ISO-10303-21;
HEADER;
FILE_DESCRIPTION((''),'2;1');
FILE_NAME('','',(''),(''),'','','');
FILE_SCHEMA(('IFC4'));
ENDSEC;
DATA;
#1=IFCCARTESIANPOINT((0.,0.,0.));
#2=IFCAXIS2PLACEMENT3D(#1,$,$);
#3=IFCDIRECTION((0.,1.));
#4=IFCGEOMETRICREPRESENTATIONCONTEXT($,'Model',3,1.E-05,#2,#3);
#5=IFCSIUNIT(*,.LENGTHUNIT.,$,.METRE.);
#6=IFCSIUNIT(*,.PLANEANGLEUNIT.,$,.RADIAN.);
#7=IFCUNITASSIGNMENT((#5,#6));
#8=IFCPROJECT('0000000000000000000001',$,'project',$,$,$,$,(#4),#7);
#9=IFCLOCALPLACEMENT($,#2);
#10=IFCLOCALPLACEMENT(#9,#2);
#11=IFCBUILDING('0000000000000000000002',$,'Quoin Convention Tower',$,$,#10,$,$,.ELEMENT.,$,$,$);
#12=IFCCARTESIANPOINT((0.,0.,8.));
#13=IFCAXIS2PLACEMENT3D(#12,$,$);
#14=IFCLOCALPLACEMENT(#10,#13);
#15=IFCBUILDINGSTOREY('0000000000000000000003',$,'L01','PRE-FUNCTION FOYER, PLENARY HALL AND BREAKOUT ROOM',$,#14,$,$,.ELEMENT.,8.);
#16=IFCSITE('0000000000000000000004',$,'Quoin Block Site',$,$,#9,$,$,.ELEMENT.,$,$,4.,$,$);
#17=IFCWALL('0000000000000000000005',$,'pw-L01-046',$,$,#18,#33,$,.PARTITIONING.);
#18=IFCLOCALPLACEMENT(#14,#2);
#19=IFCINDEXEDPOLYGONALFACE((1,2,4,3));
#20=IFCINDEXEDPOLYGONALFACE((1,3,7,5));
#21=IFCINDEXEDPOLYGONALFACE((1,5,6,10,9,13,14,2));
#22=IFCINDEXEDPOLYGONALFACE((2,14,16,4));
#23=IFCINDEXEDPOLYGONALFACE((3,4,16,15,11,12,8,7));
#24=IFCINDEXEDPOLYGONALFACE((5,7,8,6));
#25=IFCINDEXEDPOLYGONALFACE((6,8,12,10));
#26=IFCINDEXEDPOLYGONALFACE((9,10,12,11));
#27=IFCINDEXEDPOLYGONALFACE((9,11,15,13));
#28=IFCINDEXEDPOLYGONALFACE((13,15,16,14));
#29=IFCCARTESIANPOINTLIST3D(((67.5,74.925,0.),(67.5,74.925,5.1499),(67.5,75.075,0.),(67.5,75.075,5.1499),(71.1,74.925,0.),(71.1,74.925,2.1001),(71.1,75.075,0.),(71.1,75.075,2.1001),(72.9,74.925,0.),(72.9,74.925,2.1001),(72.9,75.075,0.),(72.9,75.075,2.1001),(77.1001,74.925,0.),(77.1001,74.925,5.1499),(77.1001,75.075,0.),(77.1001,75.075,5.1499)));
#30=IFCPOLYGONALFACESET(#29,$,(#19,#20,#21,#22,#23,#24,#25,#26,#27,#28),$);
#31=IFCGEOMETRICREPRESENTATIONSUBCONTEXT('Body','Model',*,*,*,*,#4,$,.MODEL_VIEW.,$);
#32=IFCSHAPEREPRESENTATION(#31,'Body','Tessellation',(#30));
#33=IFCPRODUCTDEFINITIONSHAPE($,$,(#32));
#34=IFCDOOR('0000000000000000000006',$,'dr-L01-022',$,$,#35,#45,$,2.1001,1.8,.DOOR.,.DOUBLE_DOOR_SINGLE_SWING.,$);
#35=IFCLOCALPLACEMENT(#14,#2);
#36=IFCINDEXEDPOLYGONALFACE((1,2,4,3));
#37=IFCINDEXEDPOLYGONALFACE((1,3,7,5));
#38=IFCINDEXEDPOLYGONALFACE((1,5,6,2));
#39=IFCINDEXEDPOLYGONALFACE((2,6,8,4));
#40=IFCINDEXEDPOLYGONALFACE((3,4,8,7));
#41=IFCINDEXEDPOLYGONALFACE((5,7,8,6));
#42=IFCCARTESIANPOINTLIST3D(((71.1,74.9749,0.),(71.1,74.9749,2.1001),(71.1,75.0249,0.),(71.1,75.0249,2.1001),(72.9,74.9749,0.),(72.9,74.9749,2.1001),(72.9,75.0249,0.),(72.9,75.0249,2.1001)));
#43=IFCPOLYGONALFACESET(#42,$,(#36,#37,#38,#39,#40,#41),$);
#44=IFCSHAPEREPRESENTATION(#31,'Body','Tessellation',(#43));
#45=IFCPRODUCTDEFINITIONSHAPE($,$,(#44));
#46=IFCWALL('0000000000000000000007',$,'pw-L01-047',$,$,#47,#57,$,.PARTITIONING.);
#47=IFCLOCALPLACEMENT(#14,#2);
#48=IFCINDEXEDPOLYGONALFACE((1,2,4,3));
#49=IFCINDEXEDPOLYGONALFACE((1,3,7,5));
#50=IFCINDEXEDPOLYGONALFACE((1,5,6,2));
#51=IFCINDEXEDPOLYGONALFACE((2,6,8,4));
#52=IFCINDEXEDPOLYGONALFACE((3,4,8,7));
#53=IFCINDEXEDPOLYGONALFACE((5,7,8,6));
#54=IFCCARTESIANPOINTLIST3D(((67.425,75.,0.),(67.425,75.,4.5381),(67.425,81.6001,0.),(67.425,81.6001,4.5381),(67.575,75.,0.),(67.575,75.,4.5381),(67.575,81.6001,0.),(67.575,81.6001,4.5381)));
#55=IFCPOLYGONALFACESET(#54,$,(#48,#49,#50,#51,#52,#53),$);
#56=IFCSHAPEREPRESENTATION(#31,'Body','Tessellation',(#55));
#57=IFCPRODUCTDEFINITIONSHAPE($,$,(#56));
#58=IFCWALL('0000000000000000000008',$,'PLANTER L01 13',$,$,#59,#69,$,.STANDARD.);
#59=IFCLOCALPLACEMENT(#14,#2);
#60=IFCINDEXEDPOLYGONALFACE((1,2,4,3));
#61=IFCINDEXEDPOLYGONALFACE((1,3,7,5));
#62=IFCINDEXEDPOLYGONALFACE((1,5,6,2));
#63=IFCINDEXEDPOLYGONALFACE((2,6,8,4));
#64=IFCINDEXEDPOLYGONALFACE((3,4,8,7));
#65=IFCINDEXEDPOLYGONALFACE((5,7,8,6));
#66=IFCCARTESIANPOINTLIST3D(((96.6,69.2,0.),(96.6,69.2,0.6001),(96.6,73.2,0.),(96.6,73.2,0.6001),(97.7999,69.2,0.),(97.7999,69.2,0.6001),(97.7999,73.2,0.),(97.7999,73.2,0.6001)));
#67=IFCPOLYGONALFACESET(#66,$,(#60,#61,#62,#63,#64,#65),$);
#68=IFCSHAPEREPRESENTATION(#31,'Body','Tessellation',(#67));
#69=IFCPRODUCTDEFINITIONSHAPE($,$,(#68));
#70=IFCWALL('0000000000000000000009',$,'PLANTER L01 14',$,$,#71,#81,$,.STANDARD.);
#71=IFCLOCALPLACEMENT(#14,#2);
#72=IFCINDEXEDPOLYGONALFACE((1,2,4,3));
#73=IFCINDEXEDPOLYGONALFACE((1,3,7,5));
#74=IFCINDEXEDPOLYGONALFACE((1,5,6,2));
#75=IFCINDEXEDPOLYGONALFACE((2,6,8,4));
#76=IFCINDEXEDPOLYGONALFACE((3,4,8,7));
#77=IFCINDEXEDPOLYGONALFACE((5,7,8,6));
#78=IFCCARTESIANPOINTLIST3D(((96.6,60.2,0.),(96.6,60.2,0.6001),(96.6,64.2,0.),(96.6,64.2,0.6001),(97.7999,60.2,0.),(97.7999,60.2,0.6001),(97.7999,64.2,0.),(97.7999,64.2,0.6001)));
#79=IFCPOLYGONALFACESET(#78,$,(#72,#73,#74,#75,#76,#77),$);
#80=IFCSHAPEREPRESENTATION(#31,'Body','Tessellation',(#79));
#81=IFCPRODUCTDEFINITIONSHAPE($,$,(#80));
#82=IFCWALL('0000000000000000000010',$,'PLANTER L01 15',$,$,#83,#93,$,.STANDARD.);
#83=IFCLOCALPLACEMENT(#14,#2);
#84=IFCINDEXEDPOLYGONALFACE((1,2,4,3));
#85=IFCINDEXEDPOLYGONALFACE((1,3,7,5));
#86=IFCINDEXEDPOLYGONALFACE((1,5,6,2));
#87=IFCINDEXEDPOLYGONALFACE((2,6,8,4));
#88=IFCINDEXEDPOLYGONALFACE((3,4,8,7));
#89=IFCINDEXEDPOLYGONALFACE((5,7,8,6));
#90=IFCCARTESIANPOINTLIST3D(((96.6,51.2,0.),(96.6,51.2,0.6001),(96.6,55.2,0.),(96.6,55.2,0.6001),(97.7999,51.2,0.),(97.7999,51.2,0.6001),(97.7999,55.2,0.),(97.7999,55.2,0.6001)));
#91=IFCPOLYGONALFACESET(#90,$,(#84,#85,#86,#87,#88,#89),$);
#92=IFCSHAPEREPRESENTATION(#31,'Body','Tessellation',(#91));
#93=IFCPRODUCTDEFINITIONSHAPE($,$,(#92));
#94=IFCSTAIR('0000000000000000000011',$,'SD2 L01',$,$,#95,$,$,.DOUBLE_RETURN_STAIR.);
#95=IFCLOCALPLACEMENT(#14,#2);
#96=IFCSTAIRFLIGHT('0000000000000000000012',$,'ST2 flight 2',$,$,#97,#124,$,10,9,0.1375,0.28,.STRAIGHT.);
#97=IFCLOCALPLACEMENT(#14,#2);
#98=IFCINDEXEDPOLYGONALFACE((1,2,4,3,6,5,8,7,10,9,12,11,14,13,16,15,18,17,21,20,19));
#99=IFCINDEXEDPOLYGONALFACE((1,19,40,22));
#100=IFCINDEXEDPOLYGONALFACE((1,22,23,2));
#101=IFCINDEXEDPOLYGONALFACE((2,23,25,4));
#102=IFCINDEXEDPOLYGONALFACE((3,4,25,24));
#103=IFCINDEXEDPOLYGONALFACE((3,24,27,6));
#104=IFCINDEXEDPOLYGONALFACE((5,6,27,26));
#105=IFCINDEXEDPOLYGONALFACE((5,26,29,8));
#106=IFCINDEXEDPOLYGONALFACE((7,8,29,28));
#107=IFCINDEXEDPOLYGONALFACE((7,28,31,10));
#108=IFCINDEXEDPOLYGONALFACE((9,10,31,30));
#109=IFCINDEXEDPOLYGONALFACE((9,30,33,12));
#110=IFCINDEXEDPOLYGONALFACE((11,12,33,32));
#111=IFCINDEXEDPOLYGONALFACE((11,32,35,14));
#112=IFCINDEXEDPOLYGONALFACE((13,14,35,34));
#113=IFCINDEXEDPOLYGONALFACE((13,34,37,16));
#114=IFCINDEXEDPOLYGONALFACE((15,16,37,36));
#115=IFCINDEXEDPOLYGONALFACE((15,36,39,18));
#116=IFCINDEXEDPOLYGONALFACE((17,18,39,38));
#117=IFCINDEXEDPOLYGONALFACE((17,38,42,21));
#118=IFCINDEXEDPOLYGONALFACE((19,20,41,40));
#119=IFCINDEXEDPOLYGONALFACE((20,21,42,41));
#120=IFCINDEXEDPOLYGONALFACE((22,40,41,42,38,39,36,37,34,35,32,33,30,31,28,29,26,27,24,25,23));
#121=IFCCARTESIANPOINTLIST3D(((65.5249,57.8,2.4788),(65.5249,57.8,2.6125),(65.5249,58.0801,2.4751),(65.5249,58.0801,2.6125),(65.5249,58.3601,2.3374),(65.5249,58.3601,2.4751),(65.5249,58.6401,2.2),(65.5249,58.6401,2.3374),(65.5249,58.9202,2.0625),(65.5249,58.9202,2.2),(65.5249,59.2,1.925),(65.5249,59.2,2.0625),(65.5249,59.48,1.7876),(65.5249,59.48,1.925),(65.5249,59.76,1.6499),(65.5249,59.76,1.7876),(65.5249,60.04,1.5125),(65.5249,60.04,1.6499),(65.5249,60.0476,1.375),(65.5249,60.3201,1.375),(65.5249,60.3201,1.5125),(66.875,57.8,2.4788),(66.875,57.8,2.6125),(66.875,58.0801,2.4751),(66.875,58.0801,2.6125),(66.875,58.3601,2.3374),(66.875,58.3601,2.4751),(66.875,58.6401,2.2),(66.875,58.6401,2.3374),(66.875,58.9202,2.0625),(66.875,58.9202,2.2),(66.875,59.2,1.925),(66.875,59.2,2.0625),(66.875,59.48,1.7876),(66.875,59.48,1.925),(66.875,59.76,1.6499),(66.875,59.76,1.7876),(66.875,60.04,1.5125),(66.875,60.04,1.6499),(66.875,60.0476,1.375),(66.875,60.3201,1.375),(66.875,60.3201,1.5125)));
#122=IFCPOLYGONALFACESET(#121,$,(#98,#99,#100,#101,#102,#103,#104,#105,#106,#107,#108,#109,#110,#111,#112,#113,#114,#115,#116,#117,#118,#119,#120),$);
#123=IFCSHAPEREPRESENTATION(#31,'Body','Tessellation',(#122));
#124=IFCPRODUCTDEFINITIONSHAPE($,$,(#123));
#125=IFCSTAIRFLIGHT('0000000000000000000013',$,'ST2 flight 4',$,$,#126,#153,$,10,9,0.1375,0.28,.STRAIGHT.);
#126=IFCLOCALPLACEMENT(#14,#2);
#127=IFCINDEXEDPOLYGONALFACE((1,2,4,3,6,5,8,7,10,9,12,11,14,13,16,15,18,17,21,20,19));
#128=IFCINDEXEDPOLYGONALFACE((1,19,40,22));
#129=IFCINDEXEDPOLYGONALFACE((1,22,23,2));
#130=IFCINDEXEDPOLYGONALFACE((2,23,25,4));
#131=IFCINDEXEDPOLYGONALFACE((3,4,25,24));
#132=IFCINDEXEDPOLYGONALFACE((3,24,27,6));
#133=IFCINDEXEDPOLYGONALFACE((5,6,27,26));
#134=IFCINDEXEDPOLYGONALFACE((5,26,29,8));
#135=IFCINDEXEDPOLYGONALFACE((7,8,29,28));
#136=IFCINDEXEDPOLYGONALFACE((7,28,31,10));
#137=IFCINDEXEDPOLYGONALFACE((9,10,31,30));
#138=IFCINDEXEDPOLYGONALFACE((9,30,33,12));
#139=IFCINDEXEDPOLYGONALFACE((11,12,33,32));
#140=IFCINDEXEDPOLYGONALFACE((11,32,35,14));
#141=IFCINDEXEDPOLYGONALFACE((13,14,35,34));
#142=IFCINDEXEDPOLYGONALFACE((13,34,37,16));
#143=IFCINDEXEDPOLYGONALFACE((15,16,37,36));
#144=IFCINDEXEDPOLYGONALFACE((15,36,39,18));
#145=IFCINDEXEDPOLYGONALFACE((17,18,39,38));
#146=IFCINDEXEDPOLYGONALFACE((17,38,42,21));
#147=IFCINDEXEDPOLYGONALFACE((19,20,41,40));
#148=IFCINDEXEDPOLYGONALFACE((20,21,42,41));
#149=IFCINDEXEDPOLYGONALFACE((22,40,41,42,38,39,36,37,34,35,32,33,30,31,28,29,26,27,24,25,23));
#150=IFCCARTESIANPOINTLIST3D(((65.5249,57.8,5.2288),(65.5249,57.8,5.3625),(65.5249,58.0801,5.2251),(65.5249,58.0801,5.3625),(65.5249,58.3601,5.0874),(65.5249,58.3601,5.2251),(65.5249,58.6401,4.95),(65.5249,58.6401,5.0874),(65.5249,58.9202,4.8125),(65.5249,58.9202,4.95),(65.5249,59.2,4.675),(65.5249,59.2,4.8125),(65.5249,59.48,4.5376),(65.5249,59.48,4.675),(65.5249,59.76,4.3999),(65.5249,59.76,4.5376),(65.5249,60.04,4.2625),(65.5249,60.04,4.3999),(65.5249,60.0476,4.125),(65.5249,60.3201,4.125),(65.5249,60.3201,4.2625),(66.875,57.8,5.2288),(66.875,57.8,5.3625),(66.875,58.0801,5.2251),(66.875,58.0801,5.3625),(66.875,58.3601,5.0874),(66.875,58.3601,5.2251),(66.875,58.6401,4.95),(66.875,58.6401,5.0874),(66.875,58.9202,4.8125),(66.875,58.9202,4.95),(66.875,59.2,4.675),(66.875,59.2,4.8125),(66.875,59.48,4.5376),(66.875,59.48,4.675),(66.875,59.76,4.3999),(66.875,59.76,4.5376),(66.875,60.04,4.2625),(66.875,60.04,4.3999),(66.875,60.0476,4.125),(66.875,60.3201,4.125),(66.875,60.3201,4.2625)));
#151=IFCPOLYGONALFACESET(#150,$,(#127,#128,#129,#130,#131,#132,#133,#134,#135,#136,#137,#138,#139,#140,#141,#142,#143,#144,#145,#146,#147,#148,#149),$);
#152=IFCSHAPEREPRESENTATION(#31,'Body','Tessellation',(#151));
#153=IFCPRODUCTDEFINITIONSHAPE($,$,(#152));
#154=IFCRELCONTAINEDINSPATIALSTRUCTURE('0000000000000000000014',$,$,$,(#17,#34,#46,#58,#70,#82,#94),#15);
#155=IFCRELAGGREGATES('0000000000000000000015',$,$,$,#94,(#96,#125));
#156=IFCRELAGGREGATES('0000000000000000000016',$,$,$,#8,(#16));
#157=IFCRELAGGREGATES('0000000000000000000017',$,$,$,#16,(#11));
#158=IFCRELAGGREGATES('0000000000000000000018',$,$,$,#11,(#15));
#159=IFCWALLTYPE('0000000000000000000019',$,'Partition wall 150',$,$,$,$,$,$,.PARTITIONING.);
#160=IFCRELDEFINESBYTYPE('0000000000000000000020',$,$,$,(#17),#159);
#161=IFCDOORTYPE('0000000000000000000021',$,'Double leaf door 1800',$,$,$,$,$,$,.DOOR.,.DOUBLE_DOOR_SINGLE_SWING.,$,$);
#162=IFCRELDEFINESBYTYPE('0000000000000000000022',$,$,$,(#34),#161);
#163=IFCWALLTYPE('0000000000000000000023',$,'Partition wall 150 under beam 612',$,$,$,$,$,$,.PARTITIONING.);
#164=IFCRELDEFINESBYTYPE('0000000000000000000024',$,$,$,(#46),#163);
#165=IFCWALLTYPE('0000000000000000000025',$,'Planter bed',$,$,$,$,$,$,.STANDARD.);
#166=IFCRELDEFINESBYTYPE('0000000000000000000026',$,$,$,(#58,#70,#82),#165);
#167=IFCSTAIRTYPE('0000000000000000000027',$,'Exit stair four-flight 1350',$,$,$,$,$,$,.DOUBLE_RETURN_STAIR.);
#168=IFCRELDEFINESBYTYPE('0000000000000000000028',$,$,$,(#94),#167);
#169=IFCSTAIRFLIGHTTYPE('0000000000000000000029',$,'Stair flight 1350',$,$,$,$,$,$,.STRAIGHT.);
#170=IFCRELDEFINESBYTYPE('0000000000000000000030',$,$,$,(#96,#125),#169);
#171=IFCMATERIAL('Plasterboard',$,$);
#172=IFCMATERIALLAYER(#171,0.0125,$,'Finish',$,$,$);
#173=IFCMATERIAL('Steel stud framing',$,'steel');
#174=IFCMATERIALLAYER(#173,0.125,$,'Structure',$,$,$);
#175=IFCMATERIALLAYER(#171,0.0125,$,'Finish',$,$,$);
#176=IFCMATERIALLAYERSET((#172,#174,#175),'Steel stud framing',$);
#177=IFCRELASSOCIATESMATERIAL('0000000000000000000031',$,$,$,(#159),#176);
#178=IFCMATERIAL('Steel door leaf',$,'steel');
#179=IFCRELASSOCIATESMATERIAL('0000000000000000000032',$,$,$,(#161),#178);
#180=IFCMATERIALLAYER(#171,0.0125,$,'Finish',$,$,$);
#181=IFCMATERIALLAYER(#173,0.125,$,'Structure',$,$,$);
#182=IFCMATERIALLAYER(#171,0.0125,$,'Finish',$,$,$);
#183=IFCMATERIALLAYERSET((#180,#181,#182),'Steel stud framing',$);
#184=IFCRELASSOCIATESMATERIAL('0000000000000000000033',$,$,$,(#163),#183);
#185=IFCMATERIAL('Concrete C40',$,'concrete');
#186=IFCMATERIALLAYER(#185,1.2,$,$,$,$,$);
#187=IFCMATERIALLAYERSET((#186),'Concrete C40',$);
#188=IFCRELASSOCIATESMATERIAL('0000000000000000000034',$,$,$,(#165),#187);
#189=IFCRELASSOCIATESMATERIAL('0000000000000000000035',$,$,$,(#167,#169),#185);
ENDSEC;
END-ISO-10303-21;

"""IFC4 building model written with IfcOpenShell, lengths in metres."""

from ifc_helpers import new_model, si_unit, direction, frame, frame_2d, origin, place, context, subcontext, project, spatial, polyline, rectangle, outline, extrude, material, layer, layer_set, type_object, element, fill, aggregate, save


model = new_model("IFC4")

# Units and contexts
model_context = context("Model", 3, precision=1e-05, world=origin(), true_north=direction((0.0, 1.0)))
body_context = subcontext(model_context, "Body", "Model", "MODEL_VIEW")
ifc_project = project(units=[si_unit("LENGTHUNIT", "METRE"), si_unit("PLANEANGLEUNIT", "RADIAN")], contexts=[model_context])

# Site, building, storey
site_placement = place(None, origin())
site = spatial("IfcSite", under=ifc_project, at=site_placement, Name="Quoin Block Site", CompositionType="ELEMENT", RefElevation=4.0)
building_placement = place(site_placement, origin())
building = spatial("IfcBuilding", under=site, at=building_placement, Name="Quoin Convention Tower", CompositionType="ELEMENT")
storey_placement = place(building_placement, frame((0.0, 0.0, 8.0)))
storey = spatial("IfcBuildingStorey", under=building, at=storey_placement, Name="L01", Description="PRE-FUNCTION FOYER, PLENARY HALL AND BREAKOUT ROOM", CompositionType="ELEMENT", Elevation=8.0)

# Shared definitions
ifc_material_1 = material(Name="Plasterboard")
ifc_layer_1 = layer(ifc_material_1, 0.0125, Name="Finish")
ifc_material_2 = material(Name="Steel stud framing", Category="steel")
ifc_layer_2 = layer(ifc_material_2, 0.125, Name="Structure")
ifc_layer_3 = layer(ifc_material_1, 0.0125, Name="Finish")
ifc_layer_set_1 = layer_set([ifc_layer_1, ifc_layer_2, ifc_layer_3], Name="Steel stud framing")
wall_type_1 = type_object("IfcWallType", Name="Partition wall 150", PredefinedType="PARTITIONING", material=ifc_layer_set_1)

# Shared definitions
ifc_material_3 = material(Name="Steel door leaf", Category="steel")

# Wall, opening, door
wall_1_placement = place(storey_placement, frame((67.5, 75.0, 0.0), z_axis=(0.0, 0.0, 1.0), x_axis=(1.0, 0.0, 0.0)))
wall_1 = element("IfcWall", 1, at=wall_1_placement, inside=storey, type_object=wall_type_1, Name="pw-L01-046", PredefinedType="PARTITIONING", context=body_context, shape_type="SweptSolid", body=[
    extrude(rectangle(XDim=9.6001, YDim=0.1499, at=frame_2d((4.8, 0.0))), origin(), (0.0, 0.0, 1.0), 5.1499),
])
opening_1_placement = place(wall_1_placement, frame((3.6001, 0.0, 0.0)))
opening_1 = element("IfcOpeningElement", 2, at=opening_1_placement, cuts=wall_1, PredefinedType="OPENING", context=body_context, shape_type="SweptSolid", body=[
    extrude(rectangle(XDim=1.8, YDim=2.1001, at=frame_2d((0.8999, 1.05))), frame((0.0, 0.085, 0.0), z_axis=(0.0, -1.0, 0.0), x_axis=(1.0, 0.0, 0.0)), (0.0, 0.0, 1.0), 0.1699),
])
door_type_1 = type_object("IfcDoorType", Name="Double leaf door 1800", OperationType="DOUBLE_DOOR_SINGLE_SWING", PredefinedType="DOOR", material=ifc_material_3)
door_1_placement = place(opening_1_placement, origin())
door_1 = element("IfcDoor", 3, at=door_1_placement, inside=storey, type_object=door_type_1, Name="dr-L01-022", OperationType="DOUBLE_DOOR_SINGLE_SWING", OverallHeight=2.1001, OverallWidth=1.8, PredefinedType="DOOR", context=body_context, shape_type="SweptSolid", body=[
    extrude(rectangle(XDim=1.8, YDim=2.1001, at=frame_2d((0.8999, 1.05))), frame((0.0, 0.0249, 0.0), z_axis=(0.0, -1.0, 0.0), x_axis=(1.0, 0.0, 0.0)), (0.0, 0.0, 1.0), 0.05),
])
fill(opening_1, door_1)

# Walls
ifc_layer_4 = layer(ifc_material_1, 0.0125, Name="Finish")
ifc_layer_5 = layer(ifc_material_2, 0.125, Name="Structure")
ifc_layer_6 = layer(ifc_material_1, 0.0125, Name="Finish")
ifc_layer_set_2 = layer_set([ifc_layer_4, ifc_layer_5, ifc_layer_6], Name="Steel stud framing")
wall_type_2 = type_object("IfcWallType", Name="Partition wall 150 under beam 612", PredefinedType="PARTITIONING", material=ifc_layer_set_2)
wall_2_placement = place(storey_placement, frame((67.5, 75.0, 0.0), z_axis=(0.0, 0.0, 1.0), x_axis=(0.0, 1.0, 0.0)))
element("IfcWall", 4, at=wall_2_placement, inside=storey, type_object=wall_type_2, Name="pw-L01-047", PredefinedType="PARTITIONING", context=body_context, shape_type="SweptSolid", body=[
    extrude(rectangle(XDim=6.6001, YDim=0.1499, at=frame_2d((3.3, 0.0))), origin(), (0.0, 0.0, 1.0), 4.5381),
])
ifc_material_4 = material(Name="Concrete C40", Category="concrete")
ifc_layer_7 = layer(ifc_material_4, 1.2)
ifc_layer_set_3 = layer_set([ifc_layer_7], Name="Concrete C40")
wall_type_3 = type_object("IfcWallType", Name="Planter bed", PredefinedType="STANDARD", material=ifc_layer_set_3)
for number, where, z_axis, x_axis, name in (
    (5, (97.2, 73.2, 0.0), (0.0, 0.0, 1.0), (0.0, -1.0, 0.0), "PLANTER L01 13"),
    (6, (97.2, 64.2, 0.0), (0.0, 0.0, 1.0), (0.0, -1.0, 0.0), "PLANTER L01 14"),
    (7, (97.2, 55.2, 0.0), (0.0, 0.0, 1.0), (0.0, -1.0, 0.0), "PLANTER L01 15"),
):
    element("IfcWall", number, at=place(storey_placement, frame(where, z_axis=z_axis, x_axis=x_axis)), inside=storey, type_object=wall_type_3, Name=name, PredefinedType="STANDARD", context=body_context, shape_type="SweptSolid", body=[
        extrude(rectangle(XDim=4.0, YDim=1.2, at=frame_2d((2.0, 0.0))), origin(), (0.0, 0.0, 1.0), 0.6001),
    ])

# Stair, stair flights
stair_type = type_object("IfcStairType", Name="Exit stair four-flight 1350", PredefinedType="DOUBLE_RETURN_STAIR", material=ifc_material_4)
stair_placement = place(storey_placement, origin())
stair = element("IfcStair", 8, at=stair_placement, inside=storey, type_object=stair_type, Name="SD2 L01", PredefinedType="DOUBLE_RETURN_STAIR")
stair_flight_type = type_object("IfcStairFlightType", Name="Stair flight 1350", PredefinedType="STRAIGHT", material=ifc_material_4)
stair_flight_1_placement = place(storey_placement, frame((66.2, 60.3201, 1.375), z_axis=(0.0, 0.0, 1.0), x_axis=(0.0, -1.0, 0.0)))
stair_flight_1 = element("IfcStairFlight", 9, at=stair_flight_1_placement, type_object=stair_flight_type, Name="ST2 flight 2", NumberOfRisers=10, NumberOfTreads=9, PredefinedType="STRAIGHT", RiserHeight=0.1375, TreadLength=0.28, context=body_context, shape_type="SweptSolid", body=[
    extrude(outline(polyline([(0.0, 0.0), (0.0, 0.1375), (0.28, 0.1375), (0.28, 0.2749), (0.5601, 0.2749), (0.5601, 0.4126), (0.8401, 0.4126), (0.8401, 0.55), (1.1201, 0.55), (1.1201, 0.6875), (1.3999, 0.6875), (1.3999, 0.825), (1.6799, 0.825), (1.6799, 0.9624), (1.96, 0.9624), (1.96, 1.1001), (2.24, 1.1001), (2.24, 1.2375), (2.52, 1.2375), (2.52, 1.375), (2.52, 1.1038), (0.2725, 0.0), (0.0, 0.0)])), frame((0.0, 0.675, 0.0), z_axis=(0.0, -1.0, 0.0), x_axis=(1.0, 0.0, 0.0)), (0.0, 0.0, 1.0), 1.3501),
])
stair_flight_2_placement = place(storey_placement, frame((66.2, 60.3201, 4.125), z_axis=(0.0, 0.0, 1.0), x_axis=(0.0, -1.0, 0.0)))
stair_flight_2 = element("IfcStairFlight", 10, at=stair_flight_2_placement, type_object=stair_flight_type, Name="ST2 flight 4", NumberOfRisers=10, NumberOfTreads=9, PredefinedType="STRAIGHT", RiserHeight=0.1375, TreadLength=0.28, context=body_context, shape_type="SweptSolid", body=[
    extrude(outline(polyline([(0.0, 0.0), (0.0, 0.1375), (0.28, 0.1375), (0.28, 0.2749), (0.5601, 0.2749), (0.5601, 0.4126), (0.8401, 0.4126), (0.8401, 0.55), (1.1201, 0.55), (1.1201, 0.6875), (1.3999, 0.6875), (1.3999, 0.825), (1.6799, 0.825), (1.6799, 0.9624), (1.96, 0.9624), (1.96, 1.1001), (2.24, 1.1001), (2.24, 1.2375), (2.52, 1.2375), (2.52, 1.375), (2.52, 1.1038), (0.2725, 0.0), (0.0, 0.0)])), frame((0.0, 0.675, 0.0), z_axis=(0.0, -1.0, 0.0), x_axis=(1.0, 0.0, 0.0)), (0.0, 0.0, 1.0), 1.3501),
])
aggregate(stair, [stair_flight_1, stair_flight_2])

save(model, "model.ifc")
